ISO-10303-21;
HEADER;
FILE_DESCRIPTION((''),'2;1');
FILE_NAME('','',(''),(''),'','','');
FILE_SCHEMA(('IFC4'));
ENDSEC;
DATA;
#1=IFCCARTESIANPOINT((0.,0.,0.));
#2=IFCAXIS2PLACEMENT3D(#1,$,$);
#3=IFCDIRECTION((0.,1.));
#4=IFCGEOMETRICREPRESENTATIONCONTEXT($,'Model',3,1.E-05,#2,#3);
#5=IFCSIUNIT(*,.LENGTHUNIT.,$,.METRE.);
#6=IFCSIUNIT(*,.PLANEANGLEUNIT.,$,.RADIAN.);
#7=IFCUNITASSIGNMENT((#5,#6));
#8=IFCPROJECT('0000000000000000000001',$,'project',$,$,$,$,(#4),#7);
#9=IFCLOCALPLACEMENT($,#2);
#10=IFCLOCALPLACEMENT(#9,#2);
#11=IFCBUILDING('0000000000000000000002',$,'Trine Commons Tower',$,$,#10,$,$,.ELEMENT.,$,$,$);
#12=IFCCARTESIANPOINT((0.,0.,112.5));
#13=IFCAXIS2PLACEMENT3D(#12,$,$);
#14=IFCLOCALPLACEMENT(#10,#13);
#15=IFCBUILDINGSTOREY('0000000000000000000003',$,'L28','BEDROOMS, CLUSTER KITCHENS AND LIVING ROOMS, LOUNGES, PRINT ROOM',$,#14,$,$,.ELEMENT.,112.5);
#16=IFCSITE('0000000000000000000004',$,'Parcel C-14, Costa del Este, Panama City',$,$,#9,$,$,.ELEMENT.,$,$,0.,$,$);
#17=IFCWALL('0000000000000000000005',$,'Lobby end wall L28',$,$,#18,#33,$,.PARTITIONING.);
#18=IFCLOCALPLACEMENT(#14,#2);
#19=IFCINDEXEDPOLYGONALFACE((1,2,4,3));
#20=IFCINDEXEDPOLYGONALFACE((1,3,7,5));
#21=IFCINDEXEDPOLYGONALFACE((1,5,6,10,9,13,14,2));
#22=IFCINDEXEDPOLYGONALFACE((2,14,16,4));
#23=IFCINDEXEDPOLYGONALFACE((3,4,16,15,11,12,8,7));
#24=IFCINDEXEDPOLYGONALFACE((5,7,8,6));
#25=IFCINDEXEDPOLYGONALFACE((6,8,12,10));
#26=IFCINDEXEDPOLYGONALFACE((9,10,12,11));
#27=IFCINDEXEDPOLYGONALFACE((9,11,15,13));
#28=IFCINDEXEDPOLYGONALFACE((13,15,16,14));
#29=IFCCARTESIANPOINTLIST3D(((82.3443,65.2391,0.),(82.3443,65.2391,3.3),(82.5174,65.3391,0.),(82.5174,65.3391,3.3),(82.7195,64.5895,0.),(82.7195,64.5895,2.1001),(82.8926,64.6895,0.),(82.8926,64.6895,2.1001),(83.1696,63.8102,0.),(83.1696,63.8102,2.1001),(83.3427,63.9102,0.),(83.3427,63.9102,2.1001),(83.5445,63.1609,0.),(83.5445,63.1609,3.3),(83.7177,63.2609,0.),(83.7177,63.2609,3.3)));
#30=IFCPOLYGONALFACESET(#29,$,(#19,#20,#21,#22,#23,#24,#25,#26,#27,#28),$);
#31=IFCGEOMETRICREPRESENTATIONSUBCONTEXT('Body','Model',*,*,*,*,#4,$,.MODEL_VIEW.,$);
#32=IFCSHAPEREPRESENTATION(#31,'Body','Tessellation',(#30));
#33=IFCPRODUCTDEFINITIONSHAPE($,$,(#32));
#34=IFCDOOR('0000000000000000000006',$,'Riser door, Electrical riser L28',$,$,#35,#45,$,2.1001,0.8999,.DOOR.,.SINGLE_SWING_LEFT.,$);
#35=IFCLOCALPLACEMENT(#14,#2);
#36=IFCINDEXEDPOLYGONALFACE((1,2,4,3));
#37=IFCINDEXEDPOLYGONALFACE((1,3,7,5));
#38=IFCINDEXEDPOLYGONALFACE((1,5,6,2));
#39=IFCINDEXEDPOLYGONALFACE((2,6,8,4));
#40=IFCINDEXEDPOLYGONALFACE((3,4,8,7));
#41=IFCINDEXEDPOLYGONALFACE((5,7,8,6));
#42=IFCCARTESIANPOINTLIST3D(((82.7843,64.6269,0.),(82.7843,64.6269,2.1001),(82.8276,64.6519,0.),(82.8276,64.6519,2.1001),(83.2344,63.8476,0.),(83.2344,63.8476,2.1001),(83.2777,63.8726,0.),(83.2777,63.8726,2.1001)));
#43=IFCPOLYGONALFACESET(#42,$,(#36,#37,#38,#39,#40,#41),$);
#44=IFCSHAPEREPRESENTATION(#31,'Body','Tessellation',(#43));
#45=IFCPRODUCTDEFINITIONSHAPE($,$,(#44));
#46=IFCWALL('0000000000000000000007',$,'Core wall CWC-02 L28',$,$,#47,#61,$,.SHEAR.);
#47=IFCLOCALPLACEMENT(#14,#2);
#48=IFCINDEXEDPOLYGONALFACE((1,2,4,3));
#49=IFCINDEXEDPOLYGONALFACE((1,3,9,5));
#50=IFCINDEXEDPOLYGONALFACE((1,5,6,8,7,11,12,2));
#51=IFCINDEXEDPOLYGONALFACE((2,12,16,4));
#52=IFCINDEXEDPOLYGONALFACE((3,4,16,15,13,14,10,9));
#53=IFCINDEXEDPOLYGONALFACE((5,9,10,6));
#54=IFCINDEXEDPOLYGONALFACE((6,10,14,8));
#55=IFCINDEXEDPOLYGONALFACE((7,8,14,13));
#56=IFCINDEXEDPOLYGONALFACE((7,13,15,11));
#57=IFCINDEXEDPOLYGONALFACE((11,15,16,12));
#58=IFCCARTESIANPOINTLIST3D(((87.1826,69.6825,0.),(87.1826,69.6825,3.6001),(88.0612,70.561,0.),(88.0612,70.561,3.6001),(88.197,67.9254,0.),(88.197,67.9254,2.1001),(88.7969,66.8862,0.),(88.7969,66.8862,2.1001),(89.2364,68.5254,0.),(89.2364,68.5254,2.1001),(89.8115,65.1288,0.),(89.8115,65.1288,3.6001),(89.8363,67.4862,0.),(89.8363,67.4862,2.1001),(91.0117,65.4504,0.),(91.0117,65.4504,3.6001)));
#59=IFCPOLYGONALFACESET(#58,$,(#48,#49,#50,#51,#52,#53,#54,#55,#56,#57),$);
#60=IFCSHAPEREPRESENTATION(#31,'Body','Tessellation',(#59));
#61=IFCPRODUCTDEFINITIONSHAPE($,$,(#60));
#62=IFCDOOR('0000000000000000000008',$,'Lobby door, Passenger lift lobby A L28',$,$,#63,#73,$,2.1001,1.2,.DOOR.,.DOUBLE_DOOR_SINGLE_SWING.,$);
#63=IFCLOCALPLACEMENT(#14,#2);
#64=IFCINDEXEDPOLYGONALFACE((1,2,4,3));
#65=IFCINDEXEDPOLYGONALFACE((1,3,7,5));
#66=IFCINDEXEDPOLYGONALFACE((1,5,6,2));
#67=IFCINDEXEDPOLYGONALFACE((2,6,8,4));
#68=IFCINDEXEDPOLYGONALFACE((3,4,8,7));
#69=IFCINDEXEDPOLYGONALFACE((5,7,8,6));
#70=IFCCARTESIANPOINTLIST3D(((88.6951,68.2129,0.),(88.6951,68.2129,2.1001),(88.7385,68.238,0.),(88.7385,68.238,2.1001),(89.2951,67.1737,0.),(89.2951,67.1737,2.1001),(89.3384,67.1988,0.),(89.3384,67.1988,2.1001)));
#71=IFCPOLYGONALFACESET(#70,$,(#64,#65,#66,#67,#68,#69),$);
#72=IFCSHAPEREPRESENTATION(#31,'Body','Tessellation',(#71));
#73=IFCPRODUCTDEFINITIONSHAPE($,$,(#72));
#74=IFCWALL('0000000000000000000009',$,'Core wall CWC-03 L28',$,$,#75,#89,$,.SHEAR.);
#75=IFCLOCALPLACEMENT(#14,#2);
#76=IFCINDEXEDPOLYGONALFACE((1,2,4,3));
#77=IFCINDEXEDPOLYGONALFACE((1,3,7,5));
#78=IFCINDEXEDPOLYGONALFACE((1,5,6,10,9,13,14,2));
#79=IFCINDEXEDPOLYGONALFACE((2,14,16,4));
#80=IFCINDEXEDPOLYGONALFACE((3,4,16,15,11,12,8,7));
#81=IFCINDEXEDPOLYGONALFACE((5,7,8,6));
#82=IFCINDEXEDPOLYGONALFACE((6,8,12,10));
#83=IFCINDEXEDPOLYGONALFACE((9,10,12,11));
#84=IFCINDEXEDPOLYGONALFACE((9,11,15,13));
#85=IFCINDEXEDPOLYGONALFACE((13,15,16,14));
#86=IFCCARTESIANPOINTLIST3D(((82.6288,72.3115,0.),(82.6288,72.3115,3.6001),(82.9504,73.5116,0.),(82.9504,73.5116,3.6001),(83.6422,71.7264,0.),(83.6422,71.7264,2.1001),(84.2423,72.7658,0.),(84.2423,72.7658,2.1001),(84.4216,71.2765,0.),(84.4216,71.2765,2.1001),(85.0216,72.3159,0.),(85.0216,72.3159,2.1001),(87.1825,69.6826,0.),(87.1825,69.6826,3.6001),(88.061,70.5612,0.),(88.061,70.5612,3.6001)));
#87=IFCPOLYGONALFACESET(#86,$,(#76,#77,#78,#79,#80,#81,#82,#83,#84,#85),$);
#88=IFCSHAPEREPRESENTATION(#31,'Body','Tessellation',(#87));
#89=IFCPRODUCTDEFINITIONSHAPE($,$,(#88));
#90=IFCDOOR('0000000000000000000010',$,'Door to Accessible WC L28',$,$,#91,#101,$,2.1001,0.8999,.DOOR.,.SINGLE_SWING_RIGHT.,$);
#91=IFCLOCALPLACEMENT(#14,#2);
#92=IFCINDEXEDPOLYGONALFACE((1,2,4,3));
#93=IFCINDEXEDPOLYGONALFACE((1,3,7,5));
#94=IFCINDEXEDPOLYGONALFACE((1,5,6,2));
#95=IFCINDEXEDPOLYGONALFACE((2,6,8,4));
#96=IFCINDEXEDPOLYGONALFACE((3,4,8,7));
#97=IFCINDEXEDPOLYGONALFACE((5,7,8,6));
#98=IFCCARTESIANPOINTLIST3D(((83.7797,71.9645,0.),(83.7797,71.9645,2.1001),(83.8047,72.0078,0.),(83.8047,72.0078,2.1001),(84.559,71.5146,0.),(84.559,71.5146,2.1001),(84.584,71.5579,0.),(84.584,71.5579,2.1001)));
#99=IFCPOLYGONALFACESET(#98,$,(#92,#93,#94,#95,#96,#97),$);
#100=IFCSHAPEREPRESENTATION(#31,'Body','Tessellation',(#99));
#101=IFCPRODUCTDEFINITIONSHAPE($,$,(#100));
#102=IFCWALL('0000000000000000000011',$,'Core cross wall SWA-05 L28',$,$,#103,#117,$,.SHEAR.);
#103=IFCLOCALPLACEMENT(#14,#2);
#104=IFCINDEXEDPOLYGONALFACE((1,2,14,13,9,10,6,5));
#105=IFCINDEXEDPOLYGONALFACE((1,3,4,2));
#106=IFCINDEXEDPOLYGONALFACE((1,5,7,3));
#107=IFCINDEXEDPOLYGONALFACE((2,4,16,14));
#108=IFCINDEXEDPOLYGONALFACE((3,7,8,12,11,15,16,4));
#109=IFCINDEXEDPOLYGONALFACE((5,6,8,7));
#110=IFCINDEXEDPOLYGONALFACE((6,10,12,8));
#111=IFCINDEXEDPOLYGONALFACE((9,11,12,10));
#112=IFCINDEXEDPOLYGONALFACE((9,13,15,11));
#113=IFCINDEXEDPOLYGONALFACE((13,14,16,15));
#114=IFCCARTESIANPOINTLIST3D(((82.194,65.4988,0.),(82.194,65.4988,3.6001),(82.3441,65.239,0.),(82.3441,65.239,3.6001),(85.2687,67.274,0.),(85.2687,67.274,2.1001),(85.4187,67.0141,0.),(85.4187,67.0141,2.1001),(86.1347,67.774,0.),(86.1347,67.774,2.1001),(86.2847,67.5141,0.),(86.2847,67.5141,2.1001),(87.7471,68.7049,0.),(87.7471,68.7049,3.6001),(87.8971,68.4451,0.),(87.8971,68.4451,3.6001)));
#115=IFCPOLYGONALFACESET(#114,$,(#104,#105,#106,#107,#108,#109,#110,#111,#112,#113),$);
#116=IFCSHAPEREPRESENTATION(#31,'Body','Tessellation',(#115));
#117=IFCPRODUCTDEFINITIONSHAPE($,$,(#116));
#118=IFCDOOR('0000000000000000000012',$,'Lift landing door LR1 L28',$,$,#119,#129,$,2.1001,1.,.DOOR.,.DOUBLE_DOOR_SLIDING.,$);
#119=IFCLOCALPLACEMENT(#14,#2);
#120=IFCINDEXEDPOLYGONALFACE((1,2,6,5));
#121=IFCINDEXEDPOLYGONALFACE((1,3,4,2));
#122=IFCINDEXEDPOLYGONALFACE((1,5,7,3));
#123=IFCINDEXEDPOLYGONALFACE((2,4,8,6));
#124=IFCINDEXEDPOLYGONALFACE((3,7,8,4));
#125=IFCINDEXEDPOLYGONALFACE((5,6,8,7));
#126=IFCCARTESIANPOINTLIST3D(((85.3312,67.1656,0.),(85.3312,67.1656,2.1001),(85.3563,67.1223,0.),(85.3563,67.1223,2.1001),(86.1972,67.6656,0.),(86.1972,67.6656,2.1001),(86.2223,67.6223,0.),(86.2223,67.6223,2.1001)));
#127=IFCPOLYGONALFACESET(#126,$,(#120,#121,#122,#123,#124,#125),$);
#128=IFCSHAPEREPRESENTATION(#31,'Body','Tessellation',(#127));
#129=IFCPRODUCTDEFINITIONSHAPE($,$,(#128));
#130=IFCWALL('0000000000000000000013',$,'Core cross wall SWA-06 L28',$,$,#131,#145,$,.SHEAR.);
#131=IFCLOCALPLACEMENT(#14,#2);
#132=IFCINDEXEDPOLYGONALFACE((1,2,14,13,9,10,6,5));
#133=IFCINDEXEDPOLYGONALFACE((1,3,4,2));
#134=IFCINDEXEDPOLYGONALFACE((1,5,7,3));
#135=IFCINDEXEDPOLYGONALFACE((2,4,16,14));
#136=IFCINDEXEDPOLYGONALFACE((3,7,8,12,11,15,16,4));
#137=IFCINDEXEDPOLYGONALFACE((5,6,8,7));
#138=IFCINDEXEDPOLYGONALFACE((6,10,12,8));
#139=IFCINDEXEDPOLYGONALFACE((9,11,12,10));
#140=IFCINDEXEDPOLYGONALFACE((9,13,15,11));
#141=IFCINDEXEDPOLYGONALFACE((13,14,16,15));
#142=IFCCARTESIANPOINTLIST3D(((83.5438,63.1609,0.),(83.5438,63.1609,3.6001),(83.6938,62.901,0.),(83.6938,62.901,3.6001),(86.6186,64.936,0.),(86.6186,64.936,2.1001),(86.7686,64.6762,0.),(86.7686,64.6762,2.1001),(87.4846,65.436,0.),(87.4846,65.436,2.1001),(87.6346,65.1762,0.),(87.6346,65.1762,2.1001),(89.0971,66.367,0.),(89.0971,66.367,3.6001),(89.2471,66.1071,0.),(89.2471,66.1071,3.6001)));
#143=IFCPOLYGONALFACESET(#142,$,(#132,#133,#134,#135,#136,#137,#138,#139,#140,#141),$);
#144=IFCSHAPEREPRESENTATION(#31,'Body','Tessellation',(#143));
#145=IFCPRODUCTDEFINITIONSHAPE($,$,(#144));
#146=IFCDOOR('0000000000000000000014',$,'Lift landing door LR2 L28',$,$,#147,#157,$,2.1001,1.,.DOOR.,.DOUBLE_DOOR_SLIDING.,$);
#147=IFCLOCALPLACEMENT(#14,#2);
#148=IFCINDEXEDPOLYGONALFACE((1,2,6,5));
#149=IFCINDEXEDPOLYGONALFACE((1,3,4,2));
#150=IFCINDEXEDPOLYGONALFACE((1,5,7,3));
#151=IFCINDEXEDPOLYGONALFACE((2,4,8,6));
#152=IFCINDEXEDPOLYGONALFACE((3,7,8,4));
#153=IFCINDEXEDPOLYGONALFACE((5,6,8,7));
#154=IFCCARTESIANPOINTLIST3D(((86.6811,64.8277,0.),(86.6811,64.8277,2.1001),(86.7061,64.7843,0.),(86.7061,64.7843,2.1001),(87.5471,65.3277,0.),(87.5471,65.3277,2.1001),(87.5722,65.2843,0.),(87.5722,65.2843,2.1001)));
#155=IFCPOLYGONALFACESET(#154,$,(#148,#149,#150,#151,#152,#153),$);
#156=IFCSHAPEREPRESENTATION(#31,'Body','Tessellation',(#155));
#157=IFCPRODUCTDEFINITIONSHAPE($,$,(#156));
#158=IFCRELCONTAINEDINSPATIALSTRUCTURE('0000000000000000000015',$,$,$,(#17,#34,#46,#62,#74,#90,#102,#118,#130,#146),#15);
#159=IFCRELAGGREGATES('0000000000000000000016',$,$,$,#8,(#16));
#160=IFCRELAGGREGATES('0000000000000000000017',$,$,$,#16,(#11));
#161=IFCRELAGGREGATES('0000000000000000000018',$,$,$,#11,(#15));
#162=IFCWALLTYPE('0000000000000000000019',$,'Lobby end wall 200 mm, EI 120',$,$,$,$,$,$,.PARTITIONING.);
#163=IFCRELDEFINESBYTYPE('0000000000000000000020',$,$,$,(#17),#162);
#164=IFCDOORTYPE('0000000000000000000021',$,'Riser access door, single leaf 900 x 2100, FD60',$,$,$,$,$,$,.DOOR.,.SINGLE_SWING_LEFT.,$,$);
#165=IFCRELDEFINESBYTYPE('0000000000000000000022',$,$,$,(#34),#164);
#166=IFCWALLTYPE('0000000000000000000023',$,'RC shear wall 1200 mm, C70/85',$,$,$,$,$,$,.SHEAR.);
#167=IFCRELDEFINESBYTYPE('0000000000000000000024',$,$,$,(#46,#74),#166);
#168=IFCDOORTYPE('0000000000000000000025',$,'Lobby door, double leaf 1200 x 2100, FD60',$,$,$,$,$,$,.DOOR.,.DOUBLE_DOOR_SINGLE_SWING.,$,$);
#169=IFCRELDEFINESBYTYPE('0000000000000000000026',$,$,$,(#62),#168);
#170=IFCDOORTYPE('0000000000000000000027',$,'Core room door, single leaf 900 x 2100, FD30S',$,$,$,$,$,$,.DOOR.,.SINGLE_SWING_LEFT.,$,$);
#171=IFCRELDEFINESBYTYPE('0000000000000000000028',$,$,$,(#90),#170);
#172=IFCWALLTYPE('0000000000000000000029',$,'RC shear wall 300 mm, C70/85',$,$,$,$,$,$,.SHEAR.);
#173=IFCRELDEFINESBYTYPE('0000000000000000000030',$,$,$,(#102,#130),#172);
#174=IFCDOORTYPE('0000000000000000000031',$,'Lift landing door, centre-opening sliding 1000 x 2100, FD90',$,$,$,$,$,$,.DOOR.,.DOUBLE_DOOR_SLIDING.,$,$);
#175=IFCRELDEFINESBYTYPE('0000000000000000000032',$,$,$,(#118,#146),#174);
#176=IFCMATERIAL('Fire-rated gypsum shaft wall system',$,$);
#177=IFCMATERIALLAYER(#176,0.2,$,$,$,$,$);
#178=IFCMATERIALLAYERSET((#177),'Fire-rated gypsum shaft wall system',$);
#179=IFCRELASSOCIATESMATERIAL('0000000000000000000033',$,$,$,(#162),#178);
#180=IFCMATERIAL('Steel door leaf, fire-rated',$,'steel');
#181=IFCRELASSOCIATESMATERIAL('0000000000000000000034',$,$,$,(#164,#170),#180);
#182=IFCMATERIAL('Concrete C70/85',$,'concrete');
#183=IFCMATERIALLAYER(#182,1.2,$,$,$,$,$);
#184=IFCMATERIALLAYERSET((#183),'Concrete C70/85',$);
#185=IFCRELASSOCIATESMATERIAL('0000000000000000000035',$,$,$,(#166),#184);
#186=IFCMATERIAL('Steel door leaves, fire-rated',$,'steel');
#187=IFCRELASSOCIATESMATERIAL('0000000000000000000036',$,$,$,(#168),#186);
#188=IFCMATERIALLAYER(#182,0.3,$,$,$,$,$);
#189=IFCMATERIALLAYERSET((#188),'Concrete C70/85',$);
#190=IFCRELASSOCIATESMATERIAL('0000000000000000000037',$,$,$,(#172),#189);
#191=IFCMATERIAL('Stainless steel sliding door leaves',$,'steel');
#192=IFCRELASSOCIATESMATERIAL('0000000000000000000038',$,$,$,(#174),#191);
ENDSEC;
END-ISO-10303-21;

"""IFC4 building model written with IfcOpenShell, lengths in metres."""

from ifc_helpers import new_model, si_unit, direction, frame, frame_2d, origin, place, context, subcontext, project, spatial, polyline, rectangle, outline, extrude, material, layer, layer_set, type_object, element, fill, save


model = new_model("IFC4")

# Units and contexts
model_context = context("Model", 3, precision=1e-05, world=origin(), true_north=direction((0.0, 1.0)))
body_context = subcontext(model_context, "Body", "Model", "MODEL_VIEW")
ifc_project = project(units=[si_unit("LENGTHUNIT", "METRE"), si_unit("PLANEANGLEUNIT", "RADIAN")], contexts=[model_context])

# Site, building, storey
site_placement = place(None, origin())
site = spatial("IfcSite", under=ifc_project, at=site_placement, Name="Parcel C-14, Costa del Este, Panama City", CompositionType="ELEMENT", RefElevation=0.0)
building_placement = place(site_placement, origin())
building = spatial("IfcBuilding", under=site, at=building_placement, Name="Trine Commons Tower", CompositionType="ELEMENT")
storey_placement = place(building_placement, frame((0.0, 0.0, 112.5)))
storey = spatial("IfcBuildingStorey", under=building, at=storey_placement, Name="L28", Description="BEDROOMS, CLUSTER KITCHENS AND LIVING ROOMS, LOUNGES, PRINT ROOM", CompositionType="ELEMENT", Elevation=112.5)

# Walls, openings, doors
ifc_material_1 = material(Name="Fire-rated gypsum shaft wall system")
ifc_layer_1 = layer(ifc_material_1, 0.2)
ifc_layer_set_1 = layer_set([ifc_layer_1], Name="Fire-rated gypsum shaft wall system")
wall_type_1 = type_object("IfcWallType", Name="Lobby end wall 200 mm, EI 120", PredefinedType="PARTITIONING", material=ifc_layer_set_1)
wall_1_placement = place(storey_placement, frame((83.6311, 63.2109, 0.0), z_axis=(0.0, 0.0, 1.0), x_axis=(-0.500122, 0.865955, 0.0)))
wall_1 = element("IfcWall", 1, at=wall_1_placement, inside=storey, type_object=wall_type_1, Name="Lobby end wall L28", PredefinedType="PARTITIONING", context=body_context, shape_type="SweptSolid", body=[
    extrude(rectangle(XDim=2.3999, YDim=0.2, at=frame_2d((1.2, 0.0))), origin(), (0.0, 0.0, 1.0), 3.3),
])
opening_1_placement = place(wall_1_placement, frame((0.7498, 0.0, 0.0)))
opening_1 = element("IfcOpeningElement", 2, at=opening_1_placement, cuts=wall_1, PredefinedType="OPENING", context=body_context, shape_type="SweptSolid", body=[
    extrude(rectangle(XDim=0.8999, YDim=2.1001, at=frame_2d((0.45, 1.05))), frame((0.0, 0.1099, 0.0), z_axis=(0.0, -1.0, 0.0), x_axis=(1.0, 0.0, 0.0)), (0.0, 0.0, 1.0), 0.22),
])
ifc_material_2 = material(Name="Steel door leaf, fire-rated", Category="steel")
door_type_1 = type_object("IfcDoorType", Name="Riser access door, single leaf 900 x 2100, FD60", OperationType="SINGLE_SWING_LEFT", PredefinedType="DOOR", material=ifc_material_2)
door_1_placement = place(opening_1_placement, frame((0.8999, 0.0, 0.0), z_axis=(0.0, 0.0, 1.0), x_axis=(-1.0, 0.0, 0.0)))
door_1 = element("IfcDoor", 3, at=door_1_placement, inside=storey, type_object=door_type_1, Name="Riser door, Electrical riser L28", OperationType="SINGLE_SWING_LEFT", OverallHeight=2.1001, OverallWidth=0.8999, PredefinedType="DOOR", context=body_context, shape_type="SweptSolid", body=[
    extrude(rectangle(XDim=0.8999, YDim=2.1001, at=frame_2d((0.45, 1.05))), frame((0.0, 0.0249, 0.0), z_axis=(0.0, -1.0, 0.0), x_axis=(1.0, 0.0, 0.0)), (0.0, 0.0, 1.0), 0.05),
])
fill(opening_1, door_1)
ifc_material_3 = material(Name="Concrete C70/85", Category="concrete")
ifc_layer_2 = layer(ifc_material_3, 1.2)
ifc_layer_set_2 = layer_set([ifc_layer_2], Name="Concrete C70/85")
wall_type_2 = type_object("IfcWallType", Name="RC shear wall 1200 mm, C70/85", PredefinedType="SHEAR", material=ifc_layer_set_2)
wall_2_placement = place(storey_placement, frame((90.4919, 65.1504, 0.0), z_axis=(0.0, 0.0, 1.0), x_axis=(-0.499979, 0.866037, 0.0)))
wall_2 = element("IfcWall", 4, at=wall_2_placement, inside=storey, type_object=wall_type_2, Name="Core wall CWC-02 L28", PredefinedType="SHEAR", context=body_context, shape_type="SweptSolid", body=[
    extrude(outline(polyline([(0.0, -0.6001), (5.9011, -0.6001), (5.5796, 0.6001), (0.3215, 0.6001), (0.0, -0.6001)])), origin(), (0.0, 0.0, 1.0), 3.6001),
])
opening_2_placement = place(wall_2_placement, frame((2.3506, 0.0, 0.0)))
opening_2 = element("IfcOpeningElement", 5, at=opening_2_placement, cuts=wall_2, PredefinedType="OPENING", context=body_context, shape_type="SweptSolid", body=[
    extrude(rectangle(XDim=1.2, YDim=2.1001, at=frame_2d((0.6001, 1.05))), frame((0.0, 0.6099, 0.0), z_axis=(0.0, -1.0, 0.0), x_axis=(1.0, 0.0, 0.0)), (0.0, 0.0, 1.0), 1.22),
])
ifc_material_4 = material(Name="Steel door leaves, fire-rated", Category="steel")
door_type_2 = type_object("IfcDoorType", Name="Lobby door, double leaf 1200 x 2100, FD60", OperationType="DOUBLE_DOOR_SINGLE_SWING", PredefinedType="DOOR", material=ifc_material_4)
door_2_placement = place(opening_2_placement, origin())
door_2 = element("IfcDoor", 6, at=door_2_placement, inside=storey, type_object=door_type_2, Name="Lobby door, Passenger lift lobby A L28", OperationType="DOUBLE_DOOR_SINGLE_SWING", OverallHeight=2.1001, OverallWidth=1.2, PredefinedType="DOOR", context=body_context, shape_type="SweptSolid", body=[
    extrude(rectangle(XDim=1.2, YDim=2.1001, at=frame_2d((0.6001, 1.05))), frame((0.0, 0.0249, 0.0), z_axis=(0.0, -1.0, 0.0), x_axis=(1.0, 0.0, 0.0)), (0.0, 0.0, 1.0), 0.05),
])
fill(opening_2, door_2)
wall_3_placement = place(storey_placement, frame((87.761, 70.0415, 0.0), z_axis=(0.0, 0.0, 1.0), x_axis=(-0.866037, 0.499979, 0.0)))
wall_3 = element("IfcWall", 7, at=wall_3_placement, inside=storey, type_object=wall_type_2, Name="Core wall CWC-03 L28", PredefinedType="SHEAR", context=body_context, shape_type="SweptSolid", body=[
    extrude(outline(polyline([(0.0, -0.6001), (5.9011, -0.6001), (5.5796, 0.6001), (0.3215, 0.6001), (0.0, -0.6001)])), origin(), (0.0, 0.0, 1.0), 3.6001),
])
opening_3_placement = place(wall_3_placement, frame((3.5095, 0.0, 0.0)))
opening_3 = element("IfcOpeningElement", 8, at=opening_3_placement, cuts=wall_3, PredefinedType="OPENING", context=body_context, shape_type="SweptSolid", body=[
    extrude(rectangle(XDim=0.8999, YDim=2.1001, at=frame_2d((0.45, 1.05))), frame((0.0, 0.6099, 0.0), z_axis=(0.0, -1.0, 0.0), x_axis=(1.0, 0.0, 0.0)), (0.0, 0.0, 1.0), 1.22),
])
door_type_3 = type_object("IfcDoorType", Name="Core room door, single leaf 900 x 2100, FD30S", OperationType="SINGLE_SWING_LEFT", PredefinedType="DOOR", material=ifc_material_2)
door_3_placement = place(opening_3_placement, origin())
door_3 = element("IfcDoor", 9, at=door_3_placement, inside=storey, type_object=door_type_3, Name="Door to Accessible WC L28", OperationType="SINGLE_SWING_RIGHT", OverallHeight=2.1001, OverallWidth=0.8999, PredefinedType="DOOR", context=body_context, shape_type="SweptSolid", body=[
    extrude(rectangle(XDim=0.8999, YDim=2.1001, at=frame_2d((0.45, 1.05))), frame((0.0, 0.3252, 0.0), z_axis=(0.0, -1.0, 0.0), x_axis=(1.0, 0.0, 0.0)), (0.0, 0.0, 1.0), 0.05),
])
fill(opening_3, door_3)
ifc_layer_3 = layer(ifc_material_3, 0.3)
ifc_layer_set_3 = layer_set([ifc_layer_3], Name="Concrete C70/85")
wall_type_3 = type_object("IfcWallType", Name="RC shear wall 300 mm, C70/85", PredefinedType="SHEAR", material=ifc_layer_set_3)
wall_4_placement = place(storey_placement, frame((82.269, 65.3689, 0.0), z_axis=(0.0, 0.0, 1.0), x_axis=(0.866023, 0.500005, 0.0)))
wall_4 = element("IfcWall", 10, at=wall_4_placement, inside=storey, type_object=wall_type_3, Name="Core cross wall SWA-05 L28", PredefinedType="SHEAR", context=body_context, shape_type="SweptSolid", body=[
    extrude(rectangle(XDim=6.4121, YDim=0.3, at=frame_2d((3.2061, 0.0))), origin(), (0.0, 0.0, 1.0), 3.6001),
])
opening_4_placement = place(wall_4_placement, frame((3.5503, 0.0, 0.0)))
opening_4 = element("IfcOpeningElement", 11, at=opening_4_placement, cuts=wall_4, PredefinedType="OPENING", context=body_context, shape_type="SweptSolid", body=[
    extrude(rectangle(XDim=1.0, YDim=2.1001, at=frame_2d((0.5, 1.05))), frame((0.0, 0.1599, 0.0), z_axis=(0.0, -1.0, 0.0), x_axis=(1.0, 0.0, 0.0)), (0.0, 0.0, 1.0), 0.3201),
])
ifc_material_5 = material(Name="Stainless steel sliding door leaves", Category="steel")
door_type_4 = type_object("IfcDoorType", Name="Lift landing door, centre-opening sliding 1000 x 2100, FD90", OperationType="DOUBLE_DOOR_SLIDING", PredefinedType="DOOR", material=ifc_material_5)
door_4_placement = place(opening_4_placement, origin())
door_4 = element("IfcDoor", 12, at=door_4_placement, inside=storey, type_object=door_type_4, Name="Lift landing door LR1 L28", OperationType="DOUBLE_DOOR_SLIDING", OverallHeight=2.1001, OverallWidth=1.0, PredefinedType="DOOR", context=body_context, shape_type="SweptSolid", body=[
    extrude(rectangle(XDim=1.0, YDim=2.1001, at=frame_2d((0.5, 1.05))), frame((0.0, 0.0249, 0.0), z_axis=(0.0, -1.0, 0.0), x_axis=(1.0, 0.0, 0.0)), (0.0, 0.0, 1.0), 0.05),
])
fill(opening_4, door_4)
wall_5_placement = place(storey_placement, frame((83.6189, 63.031, 0.0), z_axis=(0.0, 0.0, 1.0), x_axis=(0.866032, 0.499988, 0.0)))
wall_5 = element("IfcWall", 13, at=wall_5_placement, inside=storey, type_object=wall_type_3, Name="Core cross wall SWA-06 L28", PredefinedType="SHEAR", context=body_context, shape_type="SweptSolid", body=[
    extrude(rectangle(XDim=6.4124, YDim=0.3, at=frame_2d((3.2061, 0.0))), origin(), (0.0, 0.0, 1.0), 3.6001),
])
opening_5_placement = place(wall_5_placement, frame((3.5503, 0.0, 0.0)))
opening_5 = element("IfcOpeningElement", 14, at=opening_5_placement, cuts=wall_5, PredefinedType="OPENING", context=body_context, shape_type="SweptSolid", body=[
    extrude(rectangle(XDim=1.0, YDim=2.1001, at=frame_2d((0.5, 1.05))), frame((0.0, 0.1599, 0.0), z_axis=(0.0, -1.0, 0.0), x_axis=(1.0, 0.0, 0.0)), (0.0, 0.0, 1.0), 0.3201),
])
door_5_placement = place(opening_5_placement, origin())
door_5 = element("IfcDoor", 15, at=door_5_placement, inside=storey, type_object=door_type_4, Name="Lift landing door LR2 L28", OperationType="DOUBLE_DOOR_SLIDING", OverallHeight=2.1001, OverallWidth=1.0, PredefinedType="DOOR", context=body_context, shape_type="SweptSolid", body=[
    extrude(rectangle(XDim=1.0, YDim=2.1001, at=frame_2d((0.5, 1.05))), frame((0.0, 0.0249, 0.0), z_axis=(0.0, -1.0, 0.0), x_axis=(1.0, 0.0, 0.0)), (0.0, 0.0, 1.0), 0.05),
])
fill(opening_5, door_5)

save(model, "model.ifc")
